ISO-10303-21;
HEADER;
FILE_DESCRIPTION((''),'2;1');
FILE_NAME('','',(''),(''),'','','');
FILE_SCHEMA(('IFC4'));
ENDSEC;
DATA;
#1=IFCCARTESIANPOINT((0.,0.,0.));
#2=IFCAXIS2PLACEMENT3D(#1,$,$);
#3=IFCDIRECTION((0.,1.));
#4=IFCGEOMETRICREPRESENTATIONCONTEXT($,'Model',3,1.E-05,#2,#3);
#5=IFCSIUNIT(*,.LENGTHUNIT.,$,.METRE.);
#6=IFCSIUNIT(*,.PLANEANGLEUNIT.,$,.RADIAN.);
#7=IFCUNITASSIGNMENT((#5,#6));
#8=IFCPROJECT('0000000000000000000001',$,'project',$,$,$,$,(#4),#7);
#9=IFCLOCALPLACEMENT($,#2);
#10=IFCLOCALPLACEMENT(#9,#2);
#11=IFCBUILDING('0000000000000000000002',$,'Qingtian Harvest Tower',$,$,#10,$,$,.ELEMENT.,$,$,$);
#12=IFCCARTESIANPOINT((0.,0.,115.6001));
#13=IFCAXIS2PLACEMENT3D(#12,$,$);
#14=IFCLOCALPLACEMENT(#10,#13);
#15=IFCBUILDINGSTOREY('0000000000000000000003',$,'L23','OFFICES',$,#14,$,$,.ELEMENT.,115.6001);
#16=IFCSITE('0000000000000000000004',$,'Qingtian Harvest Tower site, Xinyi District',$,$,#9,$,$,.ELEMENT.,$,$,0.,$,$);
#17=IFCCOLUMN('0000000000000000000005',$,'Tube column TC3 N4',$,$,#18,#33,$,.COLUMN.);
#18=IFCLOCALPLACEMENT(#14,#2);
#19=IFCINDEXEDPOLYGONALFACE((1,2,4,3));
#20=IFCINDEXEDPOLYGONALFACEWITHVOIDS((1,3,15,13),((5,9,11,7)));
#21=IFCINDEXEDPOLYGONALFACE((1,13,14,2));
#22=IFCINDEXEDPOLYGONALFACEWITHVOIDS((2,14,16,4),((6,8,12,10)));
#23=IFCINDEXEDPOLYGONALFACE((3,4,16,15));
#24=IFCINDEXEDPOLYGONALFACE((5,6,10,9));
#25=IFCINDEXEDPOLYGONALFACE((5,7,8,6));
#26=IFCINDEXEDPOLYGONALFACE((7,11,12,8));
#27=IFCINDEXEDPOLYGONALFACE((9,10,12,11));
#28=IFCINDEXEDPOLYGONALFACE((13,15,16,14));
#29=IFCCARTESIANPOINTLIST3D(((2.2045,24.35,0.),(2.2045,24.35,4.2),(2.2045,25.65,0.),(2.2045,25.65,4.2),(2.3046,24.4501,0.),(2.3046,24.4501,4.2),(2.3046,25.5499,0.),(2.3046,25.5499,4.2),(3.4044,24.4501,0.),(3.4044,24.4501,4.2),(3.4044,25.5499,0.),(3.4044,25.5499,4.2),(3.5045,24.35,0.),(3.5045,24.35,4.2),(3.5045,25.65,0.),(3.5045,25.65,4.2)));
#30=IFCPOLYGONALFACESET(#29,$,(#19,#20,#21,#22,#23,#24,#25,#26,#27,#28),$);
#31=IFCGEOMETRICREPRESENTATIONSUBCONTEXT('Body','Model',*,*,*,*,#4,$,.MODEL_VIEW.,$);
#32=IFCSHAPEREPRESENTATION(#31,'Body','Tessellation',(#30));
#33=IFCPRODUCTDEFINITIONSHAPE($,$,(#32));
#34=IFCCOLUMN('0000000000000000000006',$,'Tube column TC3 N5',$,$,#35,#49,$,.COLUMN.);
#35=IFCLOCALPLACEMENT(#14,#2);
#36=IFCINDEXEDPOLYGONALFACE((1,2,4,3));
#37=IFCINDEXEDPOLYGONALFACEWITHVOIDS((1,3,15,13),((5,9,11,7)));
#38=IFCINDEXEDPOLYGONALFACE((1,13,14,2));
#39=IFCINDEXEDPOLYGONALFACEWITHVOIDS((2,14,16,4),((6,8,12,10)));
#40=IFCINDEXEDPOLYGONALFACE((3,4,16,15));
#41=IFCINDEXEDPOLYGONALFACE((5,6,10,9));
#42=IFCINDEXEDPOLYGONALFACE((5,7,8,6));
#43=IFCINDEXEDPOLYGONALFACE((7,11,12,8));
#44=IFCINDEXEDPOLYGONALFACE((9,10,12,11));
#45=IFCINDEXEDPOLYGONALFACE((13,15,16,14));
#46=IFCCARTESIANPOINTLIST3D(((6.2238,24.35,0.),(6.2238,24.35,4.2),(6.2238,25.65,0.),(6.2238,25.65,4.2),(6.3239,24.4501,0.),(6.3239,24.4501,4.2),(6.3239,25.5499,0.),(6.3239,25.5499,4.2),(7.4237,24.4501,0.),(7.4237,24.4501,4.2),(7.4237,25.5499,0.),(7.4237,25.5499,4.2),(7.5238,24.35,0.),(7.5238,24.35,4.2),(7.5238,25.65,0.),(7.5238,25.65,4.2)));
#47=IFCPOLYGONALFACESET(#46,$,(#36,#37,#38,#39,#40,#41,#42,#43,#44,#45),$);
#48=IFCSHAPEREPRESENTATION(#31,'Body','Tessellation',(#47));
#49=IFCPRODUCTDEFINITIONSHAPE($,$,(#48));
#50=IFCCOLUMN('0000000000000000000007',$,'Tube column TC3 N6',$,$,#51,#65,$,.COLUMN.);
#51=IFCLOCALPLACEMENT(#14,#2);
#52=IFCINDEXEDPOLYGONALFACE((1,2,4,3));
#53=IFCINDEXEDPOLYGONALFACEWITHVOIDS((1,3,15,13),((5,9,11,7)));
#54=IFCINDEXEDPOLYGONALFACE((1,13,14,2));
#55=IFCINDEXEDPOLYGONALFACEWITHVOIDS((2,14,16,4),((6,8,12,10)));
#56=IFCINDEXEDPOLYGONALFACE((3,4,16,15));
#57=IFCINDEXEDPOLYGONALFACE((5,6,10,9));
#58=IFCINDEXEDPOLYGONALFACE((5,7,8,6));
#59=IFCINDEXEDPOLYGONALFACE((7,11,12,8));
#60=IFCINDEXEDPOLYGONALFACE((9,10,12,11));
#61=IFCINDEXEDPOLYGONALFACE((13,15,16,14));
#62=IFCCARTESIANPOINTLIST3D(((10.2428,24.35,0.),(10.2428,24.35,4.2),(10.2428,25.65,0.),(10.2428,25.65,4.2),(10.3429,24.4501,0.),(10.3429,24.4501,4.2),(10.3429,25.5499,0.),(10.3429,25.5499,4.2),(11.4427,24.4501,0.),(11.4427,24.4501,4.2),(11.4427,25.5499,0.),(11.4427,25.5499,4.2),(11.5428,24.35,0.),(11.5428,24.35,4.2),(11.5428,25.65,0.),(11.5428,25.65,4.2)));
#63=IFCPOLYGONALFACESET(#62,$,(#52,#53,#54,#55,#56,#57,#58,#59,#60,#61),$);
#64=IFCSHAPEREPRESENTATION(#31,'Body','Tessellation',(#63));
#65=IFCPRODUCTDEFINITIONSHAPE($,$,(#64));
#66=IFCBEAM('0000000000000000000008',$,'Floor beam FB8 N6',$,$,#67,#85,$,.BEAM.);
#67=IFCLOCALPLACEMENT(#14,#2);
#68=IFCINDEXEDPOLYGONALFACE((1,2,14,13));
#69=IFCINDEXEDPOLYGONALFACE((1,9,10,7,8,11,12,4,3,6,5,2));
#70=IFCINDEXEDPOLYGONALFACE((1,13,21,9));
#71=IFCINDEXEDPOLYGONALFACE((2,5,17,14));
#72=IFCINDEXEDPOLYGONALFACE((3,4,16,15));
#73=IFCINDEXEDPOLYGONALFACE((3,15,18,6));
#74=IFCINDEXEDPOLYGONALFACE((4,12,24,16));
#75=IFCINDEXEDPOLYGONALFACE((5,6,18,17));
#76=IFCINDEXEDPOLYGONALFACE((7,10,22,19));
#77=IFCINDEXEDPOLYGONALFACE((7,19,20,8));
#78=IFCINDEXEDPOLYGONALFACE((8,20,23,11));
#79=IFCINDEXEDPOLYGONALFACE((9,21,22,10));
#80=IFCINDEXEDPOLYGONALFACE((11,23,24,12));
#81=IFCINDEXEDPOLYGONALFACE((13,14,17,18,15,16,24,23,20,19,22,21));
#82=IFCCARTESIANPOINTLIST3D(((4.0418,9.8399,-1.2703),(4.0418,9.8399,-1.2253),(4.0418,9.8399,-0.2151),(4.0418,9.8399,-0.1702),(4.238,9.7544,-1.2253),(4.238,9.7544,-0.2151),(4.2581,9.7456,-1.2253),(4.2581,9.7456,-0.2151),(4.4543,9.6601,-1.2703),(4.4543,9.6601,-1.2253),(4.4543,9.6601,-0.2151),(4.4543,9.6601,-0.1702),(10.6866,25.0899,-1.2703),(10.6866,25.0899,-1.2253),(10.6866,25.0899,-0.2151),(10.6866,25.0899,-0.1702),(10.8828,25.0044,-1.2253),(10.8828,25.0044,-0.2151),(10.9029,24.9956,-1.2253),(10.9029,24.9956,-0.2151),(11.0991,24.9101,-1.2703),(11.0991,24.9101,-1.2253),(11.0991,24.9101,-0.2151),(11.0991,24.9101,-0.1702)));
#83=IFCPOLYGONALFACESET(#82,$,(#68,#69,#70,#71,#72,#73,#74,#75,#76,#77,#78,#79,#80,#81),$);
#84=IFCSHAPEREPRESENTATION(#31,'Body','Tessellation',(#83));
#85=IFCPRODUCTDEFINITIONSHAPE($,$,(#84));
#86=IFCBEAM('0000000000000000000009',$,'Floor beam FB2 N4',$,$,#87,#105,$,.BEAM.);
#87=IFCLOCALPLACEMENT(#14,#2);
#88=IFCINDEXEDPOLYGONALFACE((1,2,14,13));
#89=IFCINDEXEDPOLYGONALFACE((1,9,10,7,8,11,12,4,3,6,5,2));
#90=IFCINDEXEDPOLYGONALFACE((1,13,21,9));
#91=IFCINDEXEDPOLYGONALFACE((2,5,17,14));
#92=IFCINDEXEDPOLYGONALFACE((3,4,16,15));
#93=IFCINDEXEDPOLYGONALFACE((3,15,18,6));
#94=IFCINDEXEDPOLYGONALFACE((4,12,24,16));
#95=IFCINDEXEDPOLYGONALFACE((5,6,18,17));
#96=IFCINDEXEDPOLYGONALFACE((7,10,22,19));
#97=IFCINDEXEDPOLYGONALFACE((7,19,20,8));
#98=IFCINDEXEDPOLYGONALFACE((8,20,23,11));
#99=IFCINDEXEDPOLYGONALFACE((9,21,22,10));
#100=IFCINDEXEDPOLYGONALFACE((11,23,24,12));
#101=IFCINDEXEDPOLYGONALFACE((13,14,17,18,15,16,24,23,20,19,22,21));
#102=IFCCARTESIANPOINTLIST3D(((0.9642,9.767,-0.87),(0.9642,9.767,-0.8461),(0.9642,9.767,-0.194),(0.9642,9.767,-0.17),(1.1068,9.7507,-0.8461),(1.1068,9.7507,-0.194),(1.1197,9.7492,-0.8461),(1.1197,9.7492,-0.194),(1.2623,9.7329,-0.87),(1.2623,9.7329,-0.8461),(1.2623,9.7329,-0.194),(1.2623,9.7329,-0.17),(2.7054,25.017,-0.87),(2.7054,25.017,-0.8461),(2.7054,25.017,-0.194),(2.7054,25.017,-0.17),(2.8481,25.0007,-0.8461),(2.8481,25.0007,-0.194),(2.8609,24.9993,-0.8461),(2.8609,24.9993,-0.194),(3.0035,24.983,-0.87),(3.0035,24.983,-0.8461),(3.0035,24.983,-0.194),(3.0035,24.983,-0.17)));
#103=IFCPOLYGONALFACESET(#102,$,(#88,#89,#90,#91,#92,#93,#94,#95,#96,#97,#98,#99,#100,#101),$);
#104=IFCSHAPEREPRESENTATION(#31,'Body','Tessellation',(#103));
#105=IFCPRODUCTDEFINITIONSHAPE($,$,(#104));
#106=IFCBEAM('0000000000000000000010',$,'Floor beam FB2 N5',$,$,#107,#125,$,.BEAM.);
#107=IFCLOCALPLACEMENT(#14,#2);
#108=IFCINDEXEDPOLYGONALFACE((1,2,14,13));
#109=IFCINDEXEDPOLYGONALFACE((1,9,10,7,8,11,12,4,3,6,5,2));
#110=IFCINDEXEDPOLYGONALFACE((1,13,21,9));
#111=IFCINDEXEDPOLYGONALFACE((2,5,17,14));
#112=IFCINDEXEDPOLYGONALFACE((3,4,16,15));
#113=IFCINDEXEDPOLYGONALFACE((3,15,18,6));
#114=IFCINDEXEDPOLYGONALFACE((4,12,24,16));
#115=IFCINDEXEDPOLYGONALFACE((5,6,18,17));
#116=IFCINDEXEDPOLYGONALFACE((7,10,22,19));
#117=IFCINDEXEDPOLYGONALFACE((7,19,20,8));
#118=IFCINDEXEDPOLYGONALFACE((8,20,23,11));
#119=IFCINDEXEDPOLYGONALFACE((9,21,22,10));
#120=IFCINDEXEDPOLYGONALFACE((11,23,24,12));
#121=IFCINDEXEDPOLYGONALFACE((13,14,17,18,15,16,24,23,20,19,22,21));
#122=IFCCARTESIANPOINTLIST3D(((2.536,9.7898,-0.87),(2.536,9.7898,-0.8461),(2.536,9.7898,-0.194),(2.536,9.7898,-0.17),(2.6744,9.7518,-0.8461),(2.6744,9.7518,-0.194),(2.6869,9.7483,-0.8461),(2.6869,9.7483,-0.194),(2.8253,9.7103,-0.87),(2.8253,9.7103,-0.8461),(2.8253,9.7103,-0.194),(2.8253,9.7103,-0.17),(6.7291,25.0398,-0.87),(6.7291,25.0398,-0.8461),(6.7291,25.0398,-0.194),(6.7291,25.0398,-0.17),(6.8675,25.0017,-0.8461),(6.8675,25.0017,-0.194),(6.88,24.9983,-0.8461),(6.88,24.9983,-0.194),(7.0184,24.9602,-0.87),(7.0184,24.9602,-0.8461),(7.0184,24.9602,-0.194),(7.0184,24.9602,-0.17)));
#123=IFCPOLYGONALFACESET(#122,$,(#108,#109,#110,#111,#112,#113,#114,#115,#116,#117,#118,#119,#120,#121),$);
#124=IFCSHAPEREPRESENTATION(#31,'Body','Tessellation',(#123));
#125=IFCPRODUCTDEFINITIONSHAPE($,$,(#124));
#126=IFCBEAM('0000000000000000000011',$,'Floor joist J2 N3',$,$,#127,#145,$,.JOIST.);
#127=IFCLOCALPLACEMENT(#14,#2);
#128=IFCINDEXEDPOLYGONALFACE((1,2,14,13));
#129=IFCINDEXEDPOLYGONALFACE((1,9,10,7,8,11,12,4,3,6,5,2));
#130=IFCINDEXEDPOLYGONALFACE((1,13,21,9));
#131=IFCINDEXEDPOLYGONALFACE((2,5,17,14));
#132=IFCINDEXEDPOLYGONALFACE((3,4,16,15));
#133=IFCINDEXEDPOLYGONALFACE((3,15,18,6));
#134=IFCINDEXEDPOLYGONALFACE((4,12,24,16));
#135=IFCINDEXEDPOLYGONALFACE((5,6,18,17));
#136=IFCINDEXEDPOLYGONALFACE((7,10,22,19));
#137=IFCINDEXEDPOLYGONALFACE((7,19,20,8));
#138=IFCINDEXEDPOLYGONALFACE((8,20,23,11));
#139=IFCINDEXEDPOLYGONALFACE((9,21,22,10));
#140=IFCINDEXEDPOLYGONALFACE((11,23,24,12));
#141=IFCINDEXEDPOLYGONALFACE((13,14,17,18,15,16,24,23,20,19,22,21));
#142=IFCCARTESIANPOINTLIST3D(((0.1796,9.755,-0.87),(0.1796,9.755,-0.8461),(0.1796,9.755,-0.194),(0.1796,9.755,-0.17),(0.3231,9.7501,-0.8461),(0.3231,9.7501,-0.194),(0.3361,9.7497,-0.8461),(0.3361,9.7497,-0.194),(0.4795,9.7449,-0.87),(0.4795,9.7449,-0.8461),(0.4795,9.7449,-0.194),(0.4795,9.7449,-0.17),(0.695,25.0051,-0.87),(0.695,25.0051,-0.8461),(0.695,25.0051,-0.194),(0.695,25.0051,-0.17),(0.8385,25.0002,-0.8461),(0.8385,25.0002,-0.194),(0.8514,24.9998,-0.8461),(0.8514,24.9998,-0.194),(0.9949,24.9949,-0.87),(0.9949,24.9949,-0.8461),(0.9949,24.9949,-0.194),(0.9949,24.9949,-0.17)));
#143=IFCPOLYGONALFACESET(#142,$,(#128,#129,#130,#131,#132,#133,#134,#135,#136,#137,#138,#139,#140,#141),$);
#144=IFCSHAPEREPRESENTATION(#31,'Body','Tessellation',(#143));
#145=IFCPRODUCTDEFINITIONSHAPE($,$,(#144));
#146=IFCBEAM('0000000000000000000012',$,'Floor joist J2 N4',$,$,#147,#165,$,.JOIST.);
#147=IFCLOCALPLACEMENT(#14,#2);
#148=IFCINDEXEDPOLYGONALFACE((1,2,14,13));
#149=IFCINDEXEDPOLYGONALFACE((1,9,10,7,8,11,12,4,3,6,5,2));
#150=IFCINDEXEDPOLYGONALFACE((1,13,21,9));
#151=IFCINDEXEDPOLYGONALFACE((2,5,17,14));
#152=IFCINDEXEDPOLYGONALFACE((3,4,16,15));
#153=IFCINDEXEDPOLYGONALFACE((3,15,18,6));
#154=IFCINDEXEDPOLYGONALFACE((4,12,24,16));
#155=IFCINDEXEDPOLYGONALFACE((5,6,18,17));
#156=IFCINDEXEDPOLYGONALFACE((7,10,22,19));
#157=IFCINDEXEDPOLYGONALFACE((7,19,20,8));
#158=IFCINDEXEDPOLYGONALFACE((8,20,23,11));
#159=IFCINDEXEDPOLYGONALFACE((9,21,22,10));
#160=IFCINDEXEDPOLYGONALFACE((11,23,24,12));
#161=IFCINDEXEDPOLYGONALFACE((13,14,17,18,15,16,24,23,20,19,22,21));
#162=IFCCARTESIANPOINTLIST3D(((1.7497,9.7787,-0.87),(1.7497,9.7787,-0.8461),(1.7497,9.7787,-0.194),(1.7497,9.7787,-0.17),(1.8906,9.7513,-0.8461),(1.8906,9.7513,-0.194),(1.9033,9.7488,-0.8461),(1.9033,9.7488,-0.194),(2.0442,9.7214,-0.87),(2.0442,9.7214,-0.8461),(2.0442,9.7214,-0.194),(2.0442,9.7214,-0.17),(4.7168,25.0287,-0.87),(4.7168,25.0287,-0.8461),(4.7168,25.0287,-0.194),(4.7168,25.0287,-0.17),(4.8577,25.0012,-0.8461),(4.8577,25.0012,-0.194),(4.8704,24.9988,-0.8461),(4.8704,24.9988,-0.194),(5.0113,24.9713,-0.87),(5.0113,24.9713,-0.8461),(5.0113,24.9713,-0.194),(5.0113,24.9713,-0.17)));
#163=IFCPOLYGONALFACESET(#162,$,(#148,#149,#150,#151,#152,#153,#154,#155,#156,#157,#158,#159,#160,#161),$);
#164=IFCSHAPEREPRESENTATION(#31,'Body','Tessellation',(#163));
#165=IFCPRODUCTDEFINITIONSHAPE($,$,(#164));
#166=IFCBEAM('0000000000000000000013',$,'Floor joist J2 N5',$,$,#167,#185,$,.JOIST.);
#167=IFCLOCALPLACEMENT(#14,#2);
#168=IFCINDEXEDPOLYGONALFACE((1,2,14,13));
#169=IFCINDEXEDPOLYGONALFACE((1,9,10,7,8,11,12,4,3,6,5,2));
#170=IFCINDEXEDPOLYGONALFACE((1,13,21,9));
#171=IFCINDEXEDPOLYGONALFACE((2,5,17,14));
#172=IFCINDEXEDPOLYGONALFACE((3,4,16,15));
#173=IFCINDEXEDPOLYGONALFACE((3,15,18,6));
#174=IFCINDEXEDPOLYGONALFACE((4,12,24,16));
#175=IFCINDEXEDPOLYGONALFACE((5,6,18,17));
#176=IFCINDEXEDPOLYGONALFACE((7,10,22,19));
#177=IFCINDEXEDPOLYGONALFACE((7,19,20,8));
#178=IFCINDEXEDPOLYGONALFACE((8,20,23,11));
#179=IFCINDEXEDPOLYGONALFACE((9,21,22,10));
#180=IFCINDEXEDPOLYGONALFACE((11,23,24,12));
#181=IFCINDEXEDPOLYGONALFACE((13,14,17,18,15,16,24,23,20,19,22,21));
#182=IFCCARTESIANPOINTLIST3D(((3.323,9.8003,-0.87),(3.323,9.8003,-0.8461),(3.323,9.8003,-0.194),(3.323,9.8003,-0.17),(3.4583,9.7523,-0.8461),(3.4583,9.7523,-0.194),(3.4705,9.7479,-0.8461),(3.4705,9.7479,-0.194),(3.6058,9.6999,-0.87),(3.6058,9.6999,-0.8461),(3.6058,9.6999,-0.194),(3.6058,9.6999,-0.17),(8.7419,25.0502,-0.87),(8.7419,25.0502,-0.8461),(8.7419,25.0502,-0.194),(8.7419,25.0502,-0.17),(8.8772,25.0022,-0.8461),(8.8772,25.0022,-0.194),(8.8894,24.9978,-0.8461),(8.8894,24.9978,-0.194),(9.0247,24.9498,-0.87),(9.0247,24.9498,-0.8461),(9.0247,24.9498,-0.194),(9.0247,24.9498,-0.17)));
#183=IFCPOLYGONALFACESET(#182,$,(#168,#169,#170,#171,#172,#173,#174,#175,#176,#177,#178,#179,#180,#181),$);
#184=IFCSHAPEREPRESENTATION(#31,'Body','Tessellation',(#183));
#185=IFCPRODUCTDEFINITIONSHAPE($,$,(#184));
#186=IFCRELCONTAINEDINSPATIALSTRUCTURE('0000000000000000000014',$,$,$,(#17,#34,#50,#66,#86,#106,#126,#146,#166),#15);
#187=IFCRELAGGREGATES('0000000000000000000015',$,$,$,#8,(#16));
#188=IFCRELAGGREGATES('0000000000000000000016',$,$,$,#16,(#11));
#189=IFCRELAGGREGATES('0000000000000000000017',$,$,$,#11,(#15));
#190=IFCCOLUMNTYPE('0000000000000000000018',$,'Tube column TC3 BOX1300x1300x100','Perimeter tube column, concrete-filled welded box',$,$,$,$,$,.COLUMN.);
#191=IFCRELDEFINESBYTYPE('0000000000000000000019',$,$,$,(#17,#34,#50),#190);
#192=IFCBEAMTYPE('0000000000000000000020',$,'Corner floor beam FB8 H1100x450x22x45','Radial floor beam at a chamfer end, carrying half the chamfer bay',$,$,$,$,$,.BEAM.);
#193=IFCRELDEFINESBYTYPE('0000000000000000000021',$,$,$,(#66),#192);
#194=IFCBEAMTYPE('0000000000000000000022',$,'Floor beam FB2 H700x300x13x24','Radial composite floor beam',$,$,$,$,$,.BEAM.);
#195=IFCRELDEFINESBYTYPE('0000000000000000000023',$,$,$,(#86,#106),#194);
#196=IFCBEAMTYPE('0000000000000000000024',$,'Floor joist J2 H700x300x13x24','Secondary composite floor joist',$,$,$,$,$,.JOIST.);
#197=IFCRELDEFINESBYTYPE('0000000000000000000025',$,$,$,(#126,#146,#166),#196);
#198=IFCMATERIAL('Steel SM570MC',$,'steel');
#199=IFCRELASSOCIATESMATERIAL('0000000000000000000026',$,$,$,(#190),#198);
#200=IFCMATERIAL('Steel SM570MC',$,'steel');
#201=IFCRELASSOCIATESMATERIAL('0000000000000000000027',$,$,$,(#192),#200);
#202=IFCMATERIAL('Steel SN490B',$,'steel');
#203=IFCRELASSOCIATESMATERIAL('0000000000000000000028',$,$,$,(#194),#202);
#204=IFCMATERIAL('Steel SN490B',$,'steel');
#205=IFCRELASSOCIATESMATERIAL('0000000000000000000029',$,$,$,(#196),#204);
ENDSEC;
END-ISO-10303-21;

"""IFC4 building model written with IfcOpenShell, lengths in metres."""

from ifc_helpers import new_model, si_unit, direction, frame, origin, origin_2d, place, context, subcontext, project, spatial, hollow_rectangle, i_section, extrude, material, material_profile, profile_set, type_object, element, save


model = new_model("IFC4")

# Units and contexts
model_context = context("Model", 3, precision=1e-05, world=origin(), true_north=direction((0.0, 1.0)))
body_context = subcontext(model_context, "Body", "Model", "MODEL_VIEW")
ifc_project = project(units=[si_unit("LENGTHUNIT", "METRE"), si_unit("PLANEANGLEUNIT", "RADIAN")], contexts=[model_context])

# Site, building, storey
site_placement = place(None, origin())
site = spatial("IfcSite", under=ifc_project, at=site_placement, Name="Qingtian Harvest Tower site, Xinyi District", CompositionType="ELEMENT", RefElevation=0.0)
building_placement = place(site_placement, origin())
building = spatial("IfcBuilding", under=site, at=building_placement, Name="Qingtian Harvest Tower", CompositionType="ELEMENT")
storey_placement = place(building_placement, frame((0.0, 0.0, 115.6001)))
storey = spatial("IfcBuildingStorey", under=building, at=storey_placement, Name="L23", Description="OFFICES", CompositionType="ELEMENT", Elevation=115.6001)

# Columns
ifc_material_1 = material(Name="Steel SM570MC", Category="steel")
ifc_material_profile_1 = material_profile(ifc_material_1, hollow_rectangle(XDim=1.3, YDim=1.3, WallThickness=0.1001, at=origin_2d()), Name="BOX1300x1300x100")
ifc_profile_set_1 = profile_set([ifc_material_profile_1], Name="Steel SM570MC")
column_type = type_object("IfcColumnType", Name="Tube column TC3 BOX1300x1300x100", Description="Perimeter tube column, concrete-filled welded box", PredefinedType="COLUMN", material=ifc_profile_set_1)
for number, where, z_axis, x_axis, name in (
    (1, (2.8545, 25.0, 0.0), (0.0, 0.0, 1.0), (-1.0, 0.0, 0.0), "Tube column TC3 N4"),
    (2, (6.8738, 25.0, 0.0), (0.0, 0.0, 1.0), (-1.0, 0.0, 0.0), "Tube column TC3 N5"),
    (3, (10.8928, 25.0, 0.0), (0.0, 0.0, 1.0), (-1.0, 0.0, 0.0), "Tube column TC3 N6"),
):
    element("IfcColumn", number, at=place(storey_placement, frame(where, z_axis=z_axis, x_axis=x_axis)), inside=storey, type_object=column_type, Name=name, PredefinedType="COLUMN", context=body_context, shape_type="SweptSolid", body=[
        extrude(hollow_rectangle(XDim=1.3, YDim=1.3, WallThickness=0.1001, at=origin_2d()), origin(), (0.0, 0.0, 1.0), 4.2),
    ])

# Beams
ifc_material_2 = material(Name="Steel SM570MC", Category="steel")
ifc_material_profile_2 = material_profile(ifc_material_2, i_section(OverallWidth=0.45, OverallDepth=1.1001, WebThickness=0.022, FlangeThickness=0.0449, at=origin_2d()), Name="H1100x450x22x45")
ifc_profile_set_2 = profile_set([ifc_material_profile_2], Name="Steel SM570MC")
beam_type_1 = type_object("IfcBeamType", Name="Corner floor beam FB8 H1100x450x22x45", Description="Radial floor beam at a chamfer end, carrying half the chamfer bay", PredefinedType="BEAM", material=ifc_profile_set_2)
beam_1_placement = place(storey_placement, frame((10.8928, 25.0, -0.7202), z_axis=(-0.399451, -0.916755, 0.0), x_axis=(0.916755, -0.399451, 0.0)))
element("IfcBeam", 4, at=beam_1_placement, inside=storey, type_object=beam_type_1, Name="Floor beam FB8 N6", PredefinedType="BEAM", context=body_context, shape_type="SweptSolid", body=[
    extrude(i_section(OverallWidth=0.45, OverallDepth=1.1001, WebThickness=0.022, FlangeThickness=0.0449, at=origin_2d()), origin(), (0.0, 0.0, 1.0), 16.6348),
])
ifc_material_3 = material(Name="Steel SN490B", Category="steel")
ifc_material_profile_3 = material_profile(ifc_material_3, i_section(OverallWidth=0.3, OverallDepth=0.7, WebThickness=0.0129, FlangeThickness=0.0239, at=origin_2d()), Name="H700x300x13x24")
ifc_profile_set_3 = profile_set([ifc_material_profile_3], Name="Steel SN490B")
beam_type_2 = type_object("IfcBeamType", Name="Floor beam FB2 H700x300x13x24", Description="Radial composite floor beam", PredefinedType="BEAM", material=ifc_profile_set_3)
beam_2_placement = place(storey_placement, frame((2.8545, 25.0, -0.52), z_axis=(-0.113441, -0.993545, 0.0), x_axis=(0.993545, -0.113441, 0.0)))
element("IfcBeam", 5, at=beam_2_placement, inside=storey, type_object=beam_type_2, Name="Floor beam FB2 N4", PredefinedType="BEAM", context=body_context, shape_type="SweptSolid", body=[
    extrude(i_section(OverallWidth=0.3, OverallDepth=0.7, WebThickness=0.0129, FlangeThickness=0.0239, at=origin_2d()), origin(), (0.0, 0.0, 1.0), 15.3491),
])
beam_3_placement = place(storey_placement, frame((6.8738, 25.0, -0.52), z_axis=(-0.265119, -0.964216, 0.0), x_axis=(0.964216, -0.265119, 0.0)))
element("IfcBeam", 6, at=beam_3_placement, inside=storey, type_object=beam_type_2, Name="Floor beam FB2 N5", PredefinedType="BEAM", context=body_context, shape_type="SweptSolid", body=[
    extrude(i_section(OverallWidth=0.3, OverallDepth=0.7, WebThickness=0.0129, FlangeThickness=0.0239, at=origin_2d()), origin(), (0.0, 0.0, 1.0), 15.8159),
])
ifc_material_4 = material(Name="Steel SN490B", Category="steel")
ifc_material_profile_4 = material_profile(ifc_material_4, i_section(OverallWidth=0.3, OverallDepth=0.7, WebThickness=0.0129, FlangeThickness=0.0239, at=origin_2d()), Name="H700x300x13x24")
ifc_profile_set_4 = profile_set([ifc_material_profile_4], Name="Steel SN490B")
beam_type_3 = type_object("IfcBeamType", Name="Floor joist J2 H700x300x13x24", Description="Secondary composite floor joist", PredefinedType="JOIST", material=ifc_profile_set_4)
beam_4_placement = place(storey_placement, frame((0.845, 25.0, -0.52), z_axis=(-0.033776, -0.999429, 0.0), x_axis=(0.999429, -0.033776, 0.0)))
element("IfcBeam", 7, at=beam_4_placement, inside=storey, type_object=beam_type_3, Name="Floor joist J2 N3", PredefinedType="JOIST", context=body_context, shape_type="SweptSolid", body=[
    extrude(i_section(OverallWidth=0.3, OverallDepth=0.7, WebThickness=0.0129, FlangeThickness=0.0239, at=origin_2d()), origin(), (0.0, 0.0, 1.0), 15.2588),
])
beam_5_placement = place(storey_placement, frame((4.864, 25.0, -0.52), z_axis=(-0.190979, -0.981594, 0.0), x_axis=(0.981594, -0.190979, 0.0)))
element("IfcBeam", 8, at=beam_5_placement, inside=storey, type_object=beam_type_3, Name="Floor joist J2 N4", PredefinedType="JOIST", context=body_context, shape_type="SweptSolid", body=[
    extrude(i_section(OverallWidth=0.3, OverallDepth=0.7, WebThickness=0.0129, FlangeThickness=0.0239, at=origin_2d()), origin(), (0.0, 0.0, 1.0), 15.5359),
])
beam_6_placement = place(storey_placement, frame((8.8833, 25.0, -0.52), z_axis=(-0.33483, -0.942279, 0.0), x_axis=(0.942279, -0.33483, 0.0)))
element("IfcBeam", 9, at=beam_6_placement, inside=storey, type_object=beam_type_3, Name="Floor joist J2 N5", PredefinedType="JOIST", context=body_context, shape_type="SweptSolid", body=[
    extrude(i_section(OverallWidth=0.3, OverallDepth=0.7, WebThickness=0.0129, FlangeThickness=0.0239, at=origin_2d()), origin(), (0.0, 0.0, 1.0), 16.1841),
])

save(model, "model.ifc")
